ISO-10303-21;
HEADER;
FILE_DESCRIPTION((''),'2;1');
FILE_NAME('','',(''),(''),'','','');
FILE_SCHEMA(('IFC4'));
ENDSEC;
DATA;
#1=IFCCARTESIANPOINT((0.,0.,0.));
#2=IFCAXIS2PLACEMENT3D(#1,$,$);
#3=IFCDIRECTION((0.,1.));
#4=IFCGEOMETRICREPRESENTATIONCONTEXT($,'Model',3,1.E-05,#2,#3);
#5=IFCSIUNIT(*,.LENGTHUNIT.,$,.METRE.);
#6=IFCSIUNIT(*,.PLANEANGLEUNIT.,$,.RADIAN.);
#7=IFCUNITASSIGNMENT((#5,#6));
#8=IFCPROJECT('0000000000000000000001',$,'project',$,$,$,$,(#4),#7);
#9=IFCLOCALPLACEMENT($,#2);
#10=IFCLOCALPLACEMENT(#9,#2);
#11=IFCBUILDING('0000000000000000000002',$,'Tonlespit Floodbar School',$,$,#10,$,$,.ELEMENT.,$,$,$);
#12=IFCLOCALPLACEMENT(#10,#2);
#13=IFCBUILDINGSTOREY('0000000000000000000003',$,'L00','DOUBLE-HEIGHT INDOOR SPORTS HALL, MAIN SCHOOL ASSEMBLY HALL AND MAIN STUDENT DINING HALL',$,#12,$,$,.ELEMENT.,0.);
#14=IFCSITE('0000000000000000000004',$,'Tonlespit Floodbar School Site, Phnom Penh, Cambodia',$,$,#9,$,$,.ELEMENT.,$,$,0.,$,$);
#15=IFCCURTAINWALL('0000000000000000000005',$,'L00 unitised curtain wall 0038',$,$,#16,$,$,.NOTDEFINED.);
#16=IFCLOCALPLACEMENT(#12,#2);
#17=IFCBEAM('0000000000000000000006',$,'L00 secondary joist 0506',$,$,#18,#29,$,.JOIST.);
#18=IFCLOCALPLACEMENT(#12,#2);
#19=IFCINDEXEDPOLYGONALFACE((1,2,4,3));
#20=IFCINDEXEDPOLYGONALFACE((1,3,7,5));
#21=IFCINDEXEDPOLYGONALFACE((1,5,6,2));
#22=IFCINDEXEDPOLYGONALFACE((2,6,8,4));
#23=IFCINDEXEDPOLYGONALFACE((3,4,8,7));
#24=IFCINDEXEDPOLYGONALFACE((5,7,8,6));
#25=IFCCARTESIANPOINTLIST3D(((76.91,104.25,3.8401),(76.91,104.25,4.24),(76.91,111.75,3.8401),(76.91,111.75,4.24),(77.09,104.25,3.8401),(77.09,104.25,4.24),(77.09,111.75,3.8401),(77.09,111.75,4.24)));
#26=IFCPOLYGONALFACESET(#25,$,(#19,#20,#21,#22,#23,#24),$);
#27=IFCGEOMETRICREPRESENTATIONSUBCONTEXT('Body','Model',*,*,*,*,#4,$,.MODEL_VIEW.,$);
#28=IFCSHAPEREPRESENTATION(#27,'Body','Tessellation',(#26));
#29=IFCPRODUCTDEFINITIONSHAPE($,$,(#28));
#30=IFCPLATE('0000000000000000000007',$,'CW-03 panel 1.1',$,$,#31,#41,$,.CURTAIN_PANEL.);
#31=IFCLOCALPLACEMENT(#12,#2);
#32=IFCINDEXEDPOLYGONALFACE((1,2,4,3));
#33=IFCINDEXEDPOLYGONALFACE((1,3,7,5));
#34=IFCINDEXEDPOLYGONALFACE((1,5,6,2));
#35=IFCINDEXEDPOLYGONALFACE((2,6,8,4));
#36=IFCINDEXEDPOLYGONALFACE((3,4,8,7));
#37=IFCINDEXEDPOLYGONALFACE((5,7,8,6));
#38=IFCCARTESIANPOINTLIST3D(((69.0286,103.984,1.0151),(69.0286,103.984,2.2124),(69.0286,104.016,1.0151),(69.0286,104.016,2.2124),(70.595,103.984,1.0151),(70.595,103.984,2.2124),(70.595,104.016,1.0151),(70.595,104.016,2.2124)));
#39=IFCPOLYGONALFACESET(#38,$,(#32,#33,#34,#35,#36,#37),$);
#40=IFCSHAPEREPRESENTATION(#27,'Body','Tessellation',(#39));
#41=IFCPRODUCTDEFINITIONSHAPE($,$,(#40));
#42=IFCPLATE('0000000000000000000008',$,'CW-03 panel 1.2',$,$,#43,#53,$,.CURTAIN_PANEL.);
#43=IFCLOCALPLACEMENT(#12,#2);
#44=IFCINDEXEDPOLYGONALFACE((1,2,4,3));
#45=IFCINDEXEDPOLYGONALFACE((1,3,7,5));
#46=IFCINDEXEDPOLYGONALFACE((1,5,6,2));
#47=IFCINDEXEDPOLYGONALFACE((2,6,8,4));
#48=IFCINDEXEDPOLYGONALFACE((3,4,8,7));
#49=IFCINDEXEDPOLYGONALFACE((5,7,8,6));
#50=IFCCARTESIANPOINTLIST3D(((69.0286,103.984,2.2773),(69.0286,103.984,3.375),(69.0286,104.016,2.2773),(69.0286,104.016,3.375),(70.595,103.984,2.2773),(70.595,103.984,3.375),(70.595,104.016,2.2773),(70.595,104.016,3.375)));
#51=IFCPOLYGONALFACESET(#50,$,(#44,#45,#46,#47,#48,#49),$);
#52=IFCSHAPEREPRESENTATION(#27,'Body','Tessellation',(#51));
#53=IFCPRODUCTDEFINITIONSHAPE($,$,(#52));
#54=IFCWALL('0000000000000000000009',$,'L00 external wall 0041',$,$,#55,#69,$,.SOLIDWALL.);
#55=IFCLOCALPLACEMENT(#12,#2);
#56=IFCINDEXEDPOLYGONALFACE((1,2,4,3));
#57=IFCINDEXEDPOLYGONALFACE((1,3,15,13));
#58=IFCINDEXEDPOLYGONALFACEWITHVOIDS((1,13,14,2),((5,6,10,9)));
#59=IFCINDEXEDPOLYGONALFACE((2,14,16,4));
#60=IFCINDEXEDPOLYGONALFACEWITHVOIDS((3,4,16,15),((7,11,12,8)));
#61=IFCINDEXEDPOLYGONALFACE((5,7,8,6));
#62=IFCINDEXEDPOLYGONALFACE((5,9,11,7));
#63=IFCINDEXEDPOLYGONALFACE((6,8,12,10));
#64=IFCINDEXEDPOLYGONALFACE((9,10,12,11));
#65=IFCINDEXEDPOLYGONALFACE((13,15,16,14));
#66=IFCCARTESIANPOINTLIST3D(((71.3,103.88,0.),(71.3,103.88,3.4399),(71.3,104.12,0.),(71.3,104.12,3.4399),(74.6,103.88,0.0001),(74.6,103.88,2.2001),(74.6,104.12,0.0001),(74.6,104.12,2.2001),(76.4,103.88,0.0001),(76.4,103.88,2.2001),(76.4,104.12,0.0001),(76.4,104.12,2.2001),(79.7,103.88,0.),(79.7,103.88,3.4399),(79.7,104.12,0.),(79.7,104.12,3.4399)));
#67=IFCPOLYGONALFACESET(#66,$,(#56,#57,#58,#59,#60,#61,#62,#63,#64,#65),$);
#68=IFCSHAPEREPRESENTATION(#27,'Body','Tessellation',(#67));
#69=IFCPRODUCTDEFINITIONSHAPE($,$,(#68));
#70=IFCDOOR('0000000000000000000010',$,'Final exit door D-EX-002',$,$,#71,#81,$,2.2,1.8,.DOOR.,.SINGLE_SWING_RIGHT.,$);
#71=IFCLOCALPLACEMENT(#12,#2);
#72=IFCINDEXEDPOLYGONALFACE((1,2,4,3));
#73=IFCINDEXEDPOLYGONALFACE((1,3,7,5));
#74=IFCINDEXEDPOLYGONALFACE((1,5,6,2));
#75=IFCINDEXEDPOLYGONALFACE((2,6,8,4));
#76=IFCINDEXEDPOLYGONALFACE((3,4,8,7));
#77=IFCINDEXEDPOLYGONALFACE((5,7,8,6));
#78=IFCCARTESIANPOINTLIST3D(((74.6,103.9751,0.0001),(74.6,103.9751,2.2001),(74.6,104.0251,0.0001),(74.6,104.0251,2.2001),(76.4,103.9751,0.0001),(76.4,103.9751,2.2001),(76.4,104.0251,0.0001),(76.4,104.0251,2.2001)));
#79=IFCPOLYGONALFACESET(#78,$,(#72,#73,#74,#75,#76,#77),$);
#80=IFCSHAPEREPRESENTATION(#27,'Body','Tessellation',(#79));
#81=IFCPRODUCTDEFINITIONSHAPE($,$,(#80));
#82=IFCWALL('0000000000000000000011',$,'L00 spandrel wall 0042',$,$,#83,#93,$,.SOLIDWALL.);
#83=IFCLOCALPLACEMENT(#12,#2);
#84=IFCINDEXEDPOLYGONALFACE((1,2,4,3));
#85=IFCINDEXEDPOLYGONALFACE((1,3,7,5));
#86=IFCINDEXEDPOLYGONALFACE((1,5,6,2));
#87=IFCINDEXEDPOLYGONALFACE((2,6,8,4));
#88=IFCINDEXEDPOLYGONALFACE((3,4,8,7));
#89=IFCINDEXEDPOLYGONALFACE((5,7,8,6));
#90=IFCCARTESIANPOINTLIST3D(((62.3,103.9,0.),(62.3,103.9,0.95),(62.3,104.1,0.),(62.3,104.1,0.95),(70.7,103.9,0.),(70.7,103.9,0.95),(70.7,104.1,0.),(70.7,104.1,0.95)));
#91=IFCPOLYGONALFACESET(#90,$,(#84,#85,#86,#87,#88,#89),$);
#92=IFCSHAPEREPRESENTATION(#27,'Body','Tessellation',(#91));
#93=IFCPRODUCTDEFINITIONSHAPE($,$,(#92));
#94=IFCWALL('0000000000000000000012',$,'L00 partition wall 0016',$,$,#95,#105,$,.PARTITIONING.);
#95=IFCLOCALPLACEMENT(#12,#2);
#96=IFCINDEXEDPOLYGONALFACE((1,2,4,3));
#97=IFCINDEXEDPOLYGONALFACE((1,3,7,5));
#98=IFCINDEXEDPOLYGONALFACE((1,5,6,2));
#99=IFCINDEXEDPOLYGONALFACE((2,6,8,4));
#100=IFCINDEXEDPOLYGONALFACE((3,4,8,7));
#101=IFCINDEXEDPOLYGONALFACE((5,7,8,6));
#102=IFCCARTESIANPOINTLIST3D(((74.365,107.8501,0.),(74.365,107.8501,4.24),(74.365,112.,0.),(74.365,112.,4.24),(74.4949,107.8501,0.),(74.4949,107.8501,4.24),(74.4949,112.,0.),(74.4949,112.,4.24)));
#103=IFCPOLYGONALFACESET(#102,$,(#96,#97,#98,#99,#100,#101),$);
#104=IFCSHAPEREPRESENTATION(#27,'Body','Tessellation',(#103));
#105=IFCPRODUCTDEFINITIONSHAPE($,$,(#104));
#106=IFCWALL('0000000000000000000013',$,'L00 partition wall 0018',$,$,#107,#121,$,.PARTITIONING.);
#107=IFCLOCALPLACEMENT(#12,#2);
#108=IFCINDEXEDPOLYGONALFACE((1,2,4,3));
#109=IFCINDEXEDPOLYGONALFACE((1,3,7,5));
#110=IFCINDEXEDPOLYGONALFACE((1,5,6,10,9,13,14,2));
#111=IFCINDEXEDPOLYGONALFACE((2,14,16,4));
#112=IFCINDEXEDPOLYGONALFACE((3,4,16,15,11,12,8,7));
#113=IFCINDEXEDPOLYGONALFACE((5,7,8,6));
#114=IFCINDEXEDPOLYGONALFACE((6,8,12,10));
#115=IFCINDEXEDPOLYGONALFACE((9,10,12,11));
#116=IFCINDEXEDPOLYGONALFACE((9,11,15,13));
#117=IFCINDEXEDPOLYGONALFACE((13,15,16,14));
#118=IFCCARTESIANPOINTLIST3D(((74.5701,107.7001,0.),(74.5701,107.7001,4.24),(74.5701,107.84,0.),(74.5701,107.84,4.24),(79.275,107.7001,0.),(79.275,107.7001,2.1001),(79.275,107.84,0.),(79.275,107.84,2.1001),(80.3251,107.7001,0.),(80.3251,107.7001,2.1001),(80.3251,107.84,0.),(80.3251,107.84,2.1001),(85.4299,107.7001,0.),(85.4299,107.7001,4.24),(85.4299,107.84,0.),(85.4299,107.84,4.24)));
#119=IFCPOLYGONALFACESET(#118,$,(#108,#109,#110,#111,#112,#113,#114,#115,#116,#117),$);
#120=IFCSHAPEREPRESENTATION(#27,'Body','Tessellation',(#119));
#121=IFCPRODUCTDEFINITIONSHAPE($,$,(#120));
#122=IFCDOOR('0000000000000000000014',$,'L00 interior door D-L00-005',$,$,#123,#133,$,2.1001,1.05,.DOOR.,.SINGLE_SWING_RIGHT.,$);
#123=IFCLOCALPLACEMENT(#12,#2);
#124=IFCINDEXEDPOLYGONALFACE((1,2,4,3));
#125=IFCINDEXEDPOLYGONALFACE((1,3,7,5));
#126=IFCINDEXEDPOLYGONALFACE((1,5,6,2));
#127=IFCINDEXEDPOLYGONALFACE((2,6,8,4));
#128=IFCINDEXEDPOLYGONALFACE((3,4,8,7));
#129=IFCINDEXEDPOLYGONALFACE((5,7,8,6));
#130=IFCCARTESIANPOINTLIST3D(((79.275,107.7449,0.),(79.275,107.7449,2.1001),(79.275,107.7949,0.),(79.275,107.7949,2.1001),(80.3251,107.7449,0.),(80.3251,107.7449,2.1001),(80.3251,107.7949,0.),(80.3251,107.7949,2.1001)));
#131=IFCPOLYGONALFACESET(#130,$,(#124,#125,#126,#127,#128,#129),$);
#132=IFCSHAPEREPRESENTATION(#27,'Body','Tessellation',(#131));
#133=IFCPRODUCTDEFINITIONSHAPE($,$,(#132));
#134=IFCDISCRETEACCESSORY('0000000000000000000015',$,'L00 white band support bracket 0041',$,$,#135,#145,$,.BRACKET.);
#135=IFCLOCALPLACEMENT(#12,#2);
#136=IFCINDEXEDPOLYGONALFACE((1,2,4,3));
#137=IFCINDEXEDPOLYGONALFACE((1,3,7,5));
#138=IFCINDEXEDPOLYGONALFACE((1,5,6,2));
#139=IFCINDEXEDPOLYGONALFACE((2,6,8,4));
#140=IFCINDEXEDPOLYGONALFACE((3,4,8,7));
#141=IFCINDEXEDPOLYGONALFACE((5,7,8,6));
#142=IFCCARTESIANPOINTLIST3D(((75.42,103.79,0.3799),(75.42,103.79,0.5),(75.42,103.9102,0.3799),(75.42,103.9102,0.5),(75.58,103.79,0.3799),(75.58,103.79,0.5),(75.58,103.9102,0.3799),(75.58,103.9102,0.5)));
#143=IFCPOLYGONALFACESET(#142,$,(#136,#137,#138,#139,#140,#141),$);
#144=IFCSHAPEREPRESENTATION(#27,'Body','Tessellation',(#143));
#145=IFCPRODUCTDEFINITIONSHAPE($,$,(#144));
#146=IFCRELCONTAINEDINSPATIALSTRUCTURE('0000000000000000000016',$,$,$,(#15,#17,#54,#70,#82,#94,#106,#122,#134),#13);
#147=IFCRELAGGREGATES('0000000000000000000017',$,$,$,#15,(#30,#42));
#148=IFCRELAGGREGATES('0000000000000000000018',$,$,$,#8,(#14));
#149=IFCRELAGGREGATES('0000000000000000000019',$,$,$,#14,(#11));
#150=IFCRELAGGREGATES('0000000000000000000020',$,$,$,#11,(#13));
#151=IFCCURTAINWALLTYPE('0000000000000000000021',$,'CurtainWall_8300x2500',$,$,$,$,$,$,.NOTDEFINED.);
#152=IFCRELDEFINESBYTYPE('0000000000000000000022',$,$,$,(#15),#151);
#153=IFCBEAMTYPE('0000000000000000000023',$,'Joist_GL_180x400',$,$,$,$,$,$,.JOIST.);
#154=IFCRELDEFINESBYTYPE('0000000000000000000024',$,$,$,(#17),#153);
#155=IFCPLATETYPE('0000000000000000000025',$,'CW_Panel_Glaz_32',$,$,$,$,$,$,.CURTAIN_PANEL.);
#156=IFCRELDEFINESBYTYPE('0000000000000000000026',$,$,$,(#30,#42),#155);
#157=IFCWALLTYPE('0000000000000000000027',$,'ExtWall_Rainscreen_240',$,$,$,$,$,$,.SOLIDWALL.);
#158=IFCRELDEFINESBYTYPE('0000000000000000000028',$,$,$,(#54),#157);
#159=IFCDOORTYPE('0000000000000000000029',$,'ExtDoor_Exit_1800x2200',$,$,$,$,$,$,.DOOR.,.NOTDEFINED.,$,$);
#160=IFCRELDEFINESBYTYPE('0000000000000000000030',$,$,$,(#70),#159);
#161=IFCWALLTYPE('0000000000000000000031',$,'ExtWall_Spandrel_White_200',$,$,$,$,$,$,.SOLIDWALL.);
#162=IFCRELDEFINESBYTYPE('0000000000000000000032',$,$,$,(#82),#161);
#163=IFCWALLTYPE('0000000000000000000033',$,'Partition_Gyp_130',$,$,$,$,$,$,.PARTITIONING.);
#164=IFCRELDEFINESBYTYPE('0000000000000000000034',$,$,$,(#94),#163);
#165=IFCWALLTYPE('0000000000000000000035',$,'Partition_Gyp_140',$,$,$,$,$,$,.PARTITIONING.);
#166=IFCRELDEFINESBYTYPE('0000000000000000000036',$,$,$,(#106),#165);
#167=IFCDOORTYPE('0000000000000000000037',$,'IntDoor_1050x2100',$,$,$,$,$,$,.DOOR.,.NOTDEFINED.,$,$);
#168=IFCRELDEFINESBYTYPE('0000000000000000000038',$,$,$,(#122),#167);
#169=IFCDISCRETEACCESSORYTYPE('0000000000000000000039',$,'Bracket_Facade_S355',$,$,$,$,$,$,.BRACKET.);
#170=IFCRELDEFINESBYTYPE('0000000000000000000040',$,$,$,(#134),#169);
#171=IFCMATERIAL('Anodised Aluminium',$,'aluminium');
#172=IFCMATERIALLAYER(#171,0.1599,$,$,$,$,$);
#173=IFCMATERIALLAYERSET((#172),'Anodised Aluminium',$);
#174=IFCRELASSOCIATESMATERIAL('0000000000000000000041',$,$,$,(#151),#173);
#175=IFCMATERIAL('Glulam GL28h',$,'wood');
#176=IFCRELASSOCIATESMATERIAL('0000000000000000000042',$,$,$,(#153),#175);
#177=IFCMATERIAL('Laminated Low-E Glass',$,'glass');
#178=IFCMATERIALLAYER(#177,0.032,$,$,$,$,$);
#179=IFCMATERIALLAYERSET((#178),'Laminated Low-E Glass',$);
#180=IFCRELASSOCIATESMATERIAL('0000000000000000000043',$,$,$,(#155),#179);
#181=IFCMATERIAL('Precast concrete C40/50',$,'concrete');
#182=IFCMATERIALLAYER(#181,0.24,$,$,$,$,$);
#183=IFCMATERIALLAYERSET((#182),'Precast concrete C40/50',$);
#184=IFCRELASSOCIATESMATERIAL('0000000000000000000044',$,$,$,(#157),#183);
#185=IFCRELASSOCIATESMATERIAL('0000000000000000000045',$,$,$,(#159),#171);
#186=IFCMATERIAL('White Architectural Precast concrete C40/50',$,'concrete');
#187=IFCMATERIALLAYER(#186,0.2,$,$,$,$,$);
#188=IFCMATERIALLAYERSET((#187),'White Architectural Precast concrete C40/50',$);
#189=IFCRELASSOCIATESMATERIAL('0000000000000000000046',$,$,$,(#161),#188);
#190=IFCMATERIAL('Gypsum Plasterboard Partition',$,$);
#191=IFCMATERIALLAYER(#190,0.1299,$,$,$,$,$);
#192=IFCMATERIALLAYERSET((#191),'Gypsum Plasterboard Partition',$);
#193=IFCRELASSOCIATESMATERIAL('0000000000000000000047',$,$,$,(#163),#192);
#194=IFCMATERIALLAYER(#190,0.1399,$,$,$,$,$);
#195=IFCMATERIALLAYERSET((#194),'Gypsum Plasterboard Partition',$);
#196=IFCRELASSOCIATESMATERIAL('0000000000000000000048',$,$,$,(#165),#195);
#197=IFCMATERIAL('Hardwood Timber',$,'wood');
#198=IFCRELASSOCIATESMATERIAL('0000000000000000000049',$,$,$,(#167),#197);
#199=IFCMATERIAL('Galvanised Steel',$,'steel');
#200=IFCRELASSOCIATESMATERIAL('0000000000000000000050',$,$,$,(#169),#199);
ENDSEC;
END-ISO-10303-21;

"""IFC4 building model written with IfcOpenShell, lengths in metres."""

from ifc_helpers import new_model, si_unit, direction, frame, frame_2d, origin, origin_2d, place, context, subcontext, project, spatial, rectangle, extrude, material, layer, layer_set, material_profile, profile_set, type_object, element, fill, aggregate, save


model = new_model("IFC4")

# Units and contexts
model_context = context("Model", 3, precision=1e-05, world=origin(), true_north=direction((0.0, 1.0)))
body_context = subcontext(model_context, "Body", "Model", "MODEL_VIEW")
ifc_project = project(units=[si_unit("LENGTHUNIT", "METRE"), si_unit("PLANEANGLEUNIT", "RADIAN")], contexts=[model_context])

# Site, building, storey
site_placement = place(None, origin())
site = spatial("IfcSite", under=ifc_project, at=site_placement, Name="Tonlespit Floodbar School Site, Phnom Penh, Cambodia", CompositionType="ELEMENT", RefElevation=0.0)
building_placement = place(site_placement, origin())
building = spatial("IfcBuilding", under=site, at=building_placement, Name="Tonlespit Floodbar School", CompositionType="ELEMENT")
storey_placement = place(building_placement, origin())
storey = spatial("IfcBuildingStorey", under=building, at=storey_placement, Name="L00", Description="DOUBLE-HEIGHT INDOOR SPORTS HALL, MAIN SCHOOL ASSEMBLY HALL AND MAIN STUDENT DINING HALL", CompositionType="ELEMENT", Elevation=0.0)

# Curtain wall
ifc_material_1 = material(Name="Anodised Aluminium", Category="aluminium")
ifc_layer_1 = layer(ifc_material_1, 0.1599)
ifc_layer_set_1 = layer_set([ifc_layer_1], Name="Anodised Aluminium")
curtain_wall_type = type_object("IfcCurtainWallType", Name="CurtainWall_8300x2500", PredefinedType="NOTDEFINED", material=ifc_layer_set_1)
curtain_wall_placement = place(storey_placement, origin())
curtain_wall = element("IfcCurtainWall", 1, at=curtain_wall_placement, inside=storey, type_object=curtain_wall_type, Name="L00 unitised curtain wall 0038", PredefinedType="NOTDEFINED")

# Beam
ifc_material_2 = material(Name="Glulam GL28h", Category="wood")
ifc_material_profile_1 = material_profile(ifc_material_2, rectangle(XDim=0.1799, YDim=0.3999, at=origin_2d()), Name="GL 180x400")
ifc_profile_set_1 = profile_set([ifc_material_profile_1], Name="Glulam GL28h")
beam_type_1 = type_object("IfcBeamType", Name="Joist_GL_180x400", PredefinedType="JOIST", material=ifc_profile_set_1)
for number, where, z_axis, x_axis, name in (
    (2, (77.0, 104.25, 4.04), (0.0, 1.0, 0.0), (-1.0, 0.0, 0.0), "L00 secondary joist 0506"),
):
    element("IfcBeam", number, at=place(storey_placement, frame(where, z_axis=z_axis, x_axis=x_axis)), inside=storey, type_object=beam_type_1, Name=name, PredefinedType="JOIST", context=body_context, shape_type="SweptSolid", body=[
        extrude(rectangle(XDim=0.1799, YDim=0.3999, at=origin_2d()), origin(), (0.0, 0.0, 1.0), 7.5),
    ])

# Plates
ifc_material_3 = material(Name="Laminated Low-E Glass", Category="glass")
ifc_layer_2 = layer(ifc_material_3, 0.032)
ifc_layer_set_2 = layer_set([ifc_layer_2], Name="Laminated Low-E Glass")
plate_type = type_object("IfcPlateType", Name="CW_Panel_Glaz_32", PredefinedType="CURTAIN_PANEL", material=ifc_layer_set_2)
plate_1_placement = place(storey_placement, frame((69.8118, 104.0, 1.0151), z_axis=(0.0, 0.0, 1.0), x_axis=(-1.0, 0.0, 0.0)))
plate_1 = element("IfcPlate", 3, at=plate_1_placement, type_object=plate_type, Name="CW-03 panel 1.1", PredefinedType="CURTAIN_PANEL", context=body_context, shape_type="SweptSolid", body=[
    extrude(rectangle(XDim=1.5664, YDim=0.032, at=origin_2d()), origin(), (0.0, 0.0, 1.0), 1.1973),
])
plate_2_placement = place(storey_placement, frame((69.8118, 104.0, 2.2773), z_axis=(0.0, 0.0, 1.0), x_axis=(-1.0, 0.0, 0.0)))
plate_2 = element("IfcPlate", 4, at=plate_2_placement, type_object=plate_type, Name="CW-03 panel 1.2", PredefinedType="CURTAIN_PANEL", context=body_context, shape_type="SweptSolid", body=[
    extrude(rectangle(XDim=1.5664, YDim=0.032, at=origin_2d()), origin(), (0.0, 0.0, 1.0), 1.0977),
])
aggregate(curtain_wall, [plate_1, plate_2])

# Wall, opening, door
ifc_material_4 = material(Name="Precast concrete C40/50", Category="concrete")
ifc_layer_3 = layer(ifc_material_4, 0.24)
ifc_layer_set_3 = layer_set([ifc_layer_3], Name="Precast concrete C40/50")
wall_type_1 = type_object("IfcWallType", Name="ExtWall_Rainscreen_240", PredefinedType="SOLIDWALL", material=ifc_layer_set_3)
wall_1_placement = place(storey_placement, frame((79.7, 104.0, 0.0), z_axis=(0.0, 0.0, 1.0), x_axis=(-1.0, 0.0, 0.0)))
wall_1 = element("IfcWall", 5, at=wall_1_placement, inside=storey, type_object=wall_type_1, Name="L00 external wall 0041", PredefinedType="SOLIDWALL", context=body_context, shape_type="SweptSolid", body=[
    extrude(rectangle(XDim=8.3999, YDim=0.24, at=frame_2d((4.2, 0.0))), origin(), (0.0, 0.0, 1.0), 3.4399),
])
opening_1_placement = place(wall_1_placement, frame((3.3, 0.0, 0.0)))
opening_1 = element("IfcOpeningElement", 6, at=opening_1_placement, cuts=wall_1, PredefinedType="OPENING", context=body_context, shape_type="SweptSolid", body=[
    extrude(rectangle(XDim=1.8, YDim=2.2, at=frame_2d((0.8999, 1.1001))), frame((0.0, 0.1299, 0.0), z_axis=(0.0, -1.0, 0.0), x_axis=(1.0, 0.0, 0.0)), (0.0, 0.0, 1.0), 0.26),
])
door_type_1 = type_object("IfcDoorType", Name="ExtDoor_Exit_1800x2200", OperationType="NOTDEFINED", PredefinedType="DOOR", material=ifc_material_1)
door_1_placement = place(opening_1_placement, origin())
door_1 = element("IfcDoor", 7, at=door_1_placement, inside=storey, type_object=door_type_1, Name="Final exit door D-EX-002", OperationType="SINGLE_SWING_RIGHT", OverallHeight=2.2, OverallWidth=1.8, PredefinedType="DOOR", context=body_context, shape_type="SweptSolid", body=[
    extrude(rectangle(XDim=1.8, YDim=2.2, at=frame_2d((0.8999, 1.1001))), frame((0.0, 0.0249, 0.0), z_axis=(0.0, -1.0, 0.0), x_axis=(1.0, 0.0, 0.0)), (0.0, 0.0, 1.0), 0.05),
])
fill(opening_1, door_1)

# Walls
ifc_material_5 = material(Name="White Architectural Precast concrete C40/50", Category="concrete")
ifc_layer_4 = layer(ifc_material_5, 0.2)
ifc_layer_set_4 = layer_set([ifc_layer_4], Name="White Architectural Precast concrete C40/50")
wall_type_2 = type_object("IfcWallType", Name="ExtWall_Spandrel_White_200", PredefinedType="SOLIDWALL", material=ifc_layer_set_4)
wall_2_placement = place(storey_placement, frame((70.7, 104.0, 0.0), z_axis=(0.0, 0.0, 1.0), x_axis=(-1.0, 0.0, 0.0)))
element("IfcWall", 8, at=wall_2_placement, inside=storey, type_object=wall_type_2, Name="L00 spandrel wall 0042", PredefinedType="SOLIDWALL", context=body_context, shape_type="SweptSolid", body=[
    extrude(rectangle(XDim=8.3999, YDim=0.2, at=frame_2d((4.2, 0.0))), origin(), (0.0, 0.0, 1.0), 0.95),
])
ifc_material_6 = material(Name="Gypsum Plasterboard Partition")
ifc_layer_5 = layer(ifc_material_6, 0.1299)
ifc_layer_set_5 = layer_set([ifc_layer_5], Name="Gypsum Plasterboard Partition")
wall_type_3 = type_object("IfcWallType", Name="Partition_Gyp_130", PredefinedType="PARTITIONING", material=ifc_layer_set_5)
wall_3_placement = place(storey_placement, frame((74.4299, 107.8501, 0.0), z_axis=(0.0, 0.0, 1.0), x_axis=(0.0, 1.0, 0.0)))
element("IfcWall", 9, at=wall_3_placement, inside=storey, type_object=wall_type_3, Name="L00 partition wall 0016", PredefinedType="PARTITIONING", context=body_context, shape_type="SweptSolid", body=[
    extrude(rectangle(XDim=4.1499, YDim=0.1299, at=frame_2d((2.075, 0.0))), origin(), (0.0, 0.0, 1.0), 4.24),
])

# Wall, opening, door
ifc_layer_6 = layer(ifc_material_6, 0.1399)
ifc_layer_set_6 = layer_set([ifc_layer_6], Name="Gypsum Plasterboard Partition")
wall_type_4 = type_object("IfcWallType", Name="Partition_Gyp_140", PredefinedType="PARTITIONING", material=ifc_layer_set_6)
wall_4_placement = place(storey_placement, frame((74.5701, 107.77, 0.0), z_axis=(0.0, 0.0, 1.0), x_axis=(1.0, 0.0, 0.0)))
wall_4 = element("IfcWall", 10, at=wall_4_placement, inside=storey, type_object=wall_type_4, Name="L00 partition wall 0018", PredefinedType="PARTITIONING", context=body_context, shape_type="SweptSolid", body=[
    extrude(rectangle(XDim=10.8599, YDim=0.1399, at=frame_2d((5.4299, 0.0))), origin(), (0.0, 0.0, 1.0), 4.24),
])
opening_2_placement = place(wall_4_placement, frame((4.7051, 0.0, 0.0)))
opening_2 = element("IfcOpeningElement", 11, at=opening_2_placement, cuts=wall_4, PredefinedType="OPENING", context=body_context, shape_type="SweptSolid", body=[
    extrude(rectangle(XDim=1.05, YDim=2.1001, at=frame_2d((0.5249, 1.05))), frame((0.0, 0.0798, 0.0), z_axis=(0.0, -1.0, 0.0), x_axis=(1.0, 0.0, 0.0)), (0.0, 0.0, 1.0), 0.1599),
])
ifc_material_7 = material(Name="Hardwood Timber", Category="wood")
door_type_2 = type_object("IfcDoorType", Name="IntDoor_1050x2100", OperationType="NOTDEFINED", PredefinedType="DOOR", material=ifc_material_7)
door_2_placement = place(opening_2_placement, origin())
door_2 = element("IfcDoor", 12, at=door_2_placement, inside=storey, type_object=door_type_2, Name="L00 interior door D-L00-005", OperationType="SINGLE_SWING_RIGHT", OverallHeight=2.1001, OverallWidth=1.05, PredefinedType="DOOR", context=body_context, shape_type="SweptSolid", body=[
    extrude(rectangle(XDim=1.05, YDim=2.1001, at=frame_2d((0.5249, 1.05))), frame((0.0, 0.0249, 0.0), z_axis=(0.0, -1.0, 0.0), x_axis=(1.0, 0.0, 0.0)), (0.0, 0.0, 1.0), 0.05),
])
fill(opening_2, door_2)

# Discrete accessory
ifc_material_8 = material(Name="Galvanised Steel", Category="steel")
discrete_accessory_type = type_object("IfcDiscreteAccessoryType", Name="Bracket_Facade_S355", PredefinedType="BRACKET", material=ifc_material_8)
discrete_accessory_placement = place(storey_placement, frame((75.5, 103.8501, 0.3799), z_axis=(0.0, 0.0, 1.0), x_axis=(-1.0, 0.0, 0.0)))
element("IfcDiscreteAccessory", 13, at=discrete_accessory_placement, inside=storey, type_object=discrete_accessory_type, Name="L00 white band support bracket 0041", PredefinedType="BRACKET", context=body_context, shape_type="SweptSolid", body=[
    extrude(rectangle(XDim=0.1599, YDim=0.1201, at=origin_2d()), origin(), (0.0, 0.0, 1.0), 0.1201),
])

save(model, "model.ifc")
